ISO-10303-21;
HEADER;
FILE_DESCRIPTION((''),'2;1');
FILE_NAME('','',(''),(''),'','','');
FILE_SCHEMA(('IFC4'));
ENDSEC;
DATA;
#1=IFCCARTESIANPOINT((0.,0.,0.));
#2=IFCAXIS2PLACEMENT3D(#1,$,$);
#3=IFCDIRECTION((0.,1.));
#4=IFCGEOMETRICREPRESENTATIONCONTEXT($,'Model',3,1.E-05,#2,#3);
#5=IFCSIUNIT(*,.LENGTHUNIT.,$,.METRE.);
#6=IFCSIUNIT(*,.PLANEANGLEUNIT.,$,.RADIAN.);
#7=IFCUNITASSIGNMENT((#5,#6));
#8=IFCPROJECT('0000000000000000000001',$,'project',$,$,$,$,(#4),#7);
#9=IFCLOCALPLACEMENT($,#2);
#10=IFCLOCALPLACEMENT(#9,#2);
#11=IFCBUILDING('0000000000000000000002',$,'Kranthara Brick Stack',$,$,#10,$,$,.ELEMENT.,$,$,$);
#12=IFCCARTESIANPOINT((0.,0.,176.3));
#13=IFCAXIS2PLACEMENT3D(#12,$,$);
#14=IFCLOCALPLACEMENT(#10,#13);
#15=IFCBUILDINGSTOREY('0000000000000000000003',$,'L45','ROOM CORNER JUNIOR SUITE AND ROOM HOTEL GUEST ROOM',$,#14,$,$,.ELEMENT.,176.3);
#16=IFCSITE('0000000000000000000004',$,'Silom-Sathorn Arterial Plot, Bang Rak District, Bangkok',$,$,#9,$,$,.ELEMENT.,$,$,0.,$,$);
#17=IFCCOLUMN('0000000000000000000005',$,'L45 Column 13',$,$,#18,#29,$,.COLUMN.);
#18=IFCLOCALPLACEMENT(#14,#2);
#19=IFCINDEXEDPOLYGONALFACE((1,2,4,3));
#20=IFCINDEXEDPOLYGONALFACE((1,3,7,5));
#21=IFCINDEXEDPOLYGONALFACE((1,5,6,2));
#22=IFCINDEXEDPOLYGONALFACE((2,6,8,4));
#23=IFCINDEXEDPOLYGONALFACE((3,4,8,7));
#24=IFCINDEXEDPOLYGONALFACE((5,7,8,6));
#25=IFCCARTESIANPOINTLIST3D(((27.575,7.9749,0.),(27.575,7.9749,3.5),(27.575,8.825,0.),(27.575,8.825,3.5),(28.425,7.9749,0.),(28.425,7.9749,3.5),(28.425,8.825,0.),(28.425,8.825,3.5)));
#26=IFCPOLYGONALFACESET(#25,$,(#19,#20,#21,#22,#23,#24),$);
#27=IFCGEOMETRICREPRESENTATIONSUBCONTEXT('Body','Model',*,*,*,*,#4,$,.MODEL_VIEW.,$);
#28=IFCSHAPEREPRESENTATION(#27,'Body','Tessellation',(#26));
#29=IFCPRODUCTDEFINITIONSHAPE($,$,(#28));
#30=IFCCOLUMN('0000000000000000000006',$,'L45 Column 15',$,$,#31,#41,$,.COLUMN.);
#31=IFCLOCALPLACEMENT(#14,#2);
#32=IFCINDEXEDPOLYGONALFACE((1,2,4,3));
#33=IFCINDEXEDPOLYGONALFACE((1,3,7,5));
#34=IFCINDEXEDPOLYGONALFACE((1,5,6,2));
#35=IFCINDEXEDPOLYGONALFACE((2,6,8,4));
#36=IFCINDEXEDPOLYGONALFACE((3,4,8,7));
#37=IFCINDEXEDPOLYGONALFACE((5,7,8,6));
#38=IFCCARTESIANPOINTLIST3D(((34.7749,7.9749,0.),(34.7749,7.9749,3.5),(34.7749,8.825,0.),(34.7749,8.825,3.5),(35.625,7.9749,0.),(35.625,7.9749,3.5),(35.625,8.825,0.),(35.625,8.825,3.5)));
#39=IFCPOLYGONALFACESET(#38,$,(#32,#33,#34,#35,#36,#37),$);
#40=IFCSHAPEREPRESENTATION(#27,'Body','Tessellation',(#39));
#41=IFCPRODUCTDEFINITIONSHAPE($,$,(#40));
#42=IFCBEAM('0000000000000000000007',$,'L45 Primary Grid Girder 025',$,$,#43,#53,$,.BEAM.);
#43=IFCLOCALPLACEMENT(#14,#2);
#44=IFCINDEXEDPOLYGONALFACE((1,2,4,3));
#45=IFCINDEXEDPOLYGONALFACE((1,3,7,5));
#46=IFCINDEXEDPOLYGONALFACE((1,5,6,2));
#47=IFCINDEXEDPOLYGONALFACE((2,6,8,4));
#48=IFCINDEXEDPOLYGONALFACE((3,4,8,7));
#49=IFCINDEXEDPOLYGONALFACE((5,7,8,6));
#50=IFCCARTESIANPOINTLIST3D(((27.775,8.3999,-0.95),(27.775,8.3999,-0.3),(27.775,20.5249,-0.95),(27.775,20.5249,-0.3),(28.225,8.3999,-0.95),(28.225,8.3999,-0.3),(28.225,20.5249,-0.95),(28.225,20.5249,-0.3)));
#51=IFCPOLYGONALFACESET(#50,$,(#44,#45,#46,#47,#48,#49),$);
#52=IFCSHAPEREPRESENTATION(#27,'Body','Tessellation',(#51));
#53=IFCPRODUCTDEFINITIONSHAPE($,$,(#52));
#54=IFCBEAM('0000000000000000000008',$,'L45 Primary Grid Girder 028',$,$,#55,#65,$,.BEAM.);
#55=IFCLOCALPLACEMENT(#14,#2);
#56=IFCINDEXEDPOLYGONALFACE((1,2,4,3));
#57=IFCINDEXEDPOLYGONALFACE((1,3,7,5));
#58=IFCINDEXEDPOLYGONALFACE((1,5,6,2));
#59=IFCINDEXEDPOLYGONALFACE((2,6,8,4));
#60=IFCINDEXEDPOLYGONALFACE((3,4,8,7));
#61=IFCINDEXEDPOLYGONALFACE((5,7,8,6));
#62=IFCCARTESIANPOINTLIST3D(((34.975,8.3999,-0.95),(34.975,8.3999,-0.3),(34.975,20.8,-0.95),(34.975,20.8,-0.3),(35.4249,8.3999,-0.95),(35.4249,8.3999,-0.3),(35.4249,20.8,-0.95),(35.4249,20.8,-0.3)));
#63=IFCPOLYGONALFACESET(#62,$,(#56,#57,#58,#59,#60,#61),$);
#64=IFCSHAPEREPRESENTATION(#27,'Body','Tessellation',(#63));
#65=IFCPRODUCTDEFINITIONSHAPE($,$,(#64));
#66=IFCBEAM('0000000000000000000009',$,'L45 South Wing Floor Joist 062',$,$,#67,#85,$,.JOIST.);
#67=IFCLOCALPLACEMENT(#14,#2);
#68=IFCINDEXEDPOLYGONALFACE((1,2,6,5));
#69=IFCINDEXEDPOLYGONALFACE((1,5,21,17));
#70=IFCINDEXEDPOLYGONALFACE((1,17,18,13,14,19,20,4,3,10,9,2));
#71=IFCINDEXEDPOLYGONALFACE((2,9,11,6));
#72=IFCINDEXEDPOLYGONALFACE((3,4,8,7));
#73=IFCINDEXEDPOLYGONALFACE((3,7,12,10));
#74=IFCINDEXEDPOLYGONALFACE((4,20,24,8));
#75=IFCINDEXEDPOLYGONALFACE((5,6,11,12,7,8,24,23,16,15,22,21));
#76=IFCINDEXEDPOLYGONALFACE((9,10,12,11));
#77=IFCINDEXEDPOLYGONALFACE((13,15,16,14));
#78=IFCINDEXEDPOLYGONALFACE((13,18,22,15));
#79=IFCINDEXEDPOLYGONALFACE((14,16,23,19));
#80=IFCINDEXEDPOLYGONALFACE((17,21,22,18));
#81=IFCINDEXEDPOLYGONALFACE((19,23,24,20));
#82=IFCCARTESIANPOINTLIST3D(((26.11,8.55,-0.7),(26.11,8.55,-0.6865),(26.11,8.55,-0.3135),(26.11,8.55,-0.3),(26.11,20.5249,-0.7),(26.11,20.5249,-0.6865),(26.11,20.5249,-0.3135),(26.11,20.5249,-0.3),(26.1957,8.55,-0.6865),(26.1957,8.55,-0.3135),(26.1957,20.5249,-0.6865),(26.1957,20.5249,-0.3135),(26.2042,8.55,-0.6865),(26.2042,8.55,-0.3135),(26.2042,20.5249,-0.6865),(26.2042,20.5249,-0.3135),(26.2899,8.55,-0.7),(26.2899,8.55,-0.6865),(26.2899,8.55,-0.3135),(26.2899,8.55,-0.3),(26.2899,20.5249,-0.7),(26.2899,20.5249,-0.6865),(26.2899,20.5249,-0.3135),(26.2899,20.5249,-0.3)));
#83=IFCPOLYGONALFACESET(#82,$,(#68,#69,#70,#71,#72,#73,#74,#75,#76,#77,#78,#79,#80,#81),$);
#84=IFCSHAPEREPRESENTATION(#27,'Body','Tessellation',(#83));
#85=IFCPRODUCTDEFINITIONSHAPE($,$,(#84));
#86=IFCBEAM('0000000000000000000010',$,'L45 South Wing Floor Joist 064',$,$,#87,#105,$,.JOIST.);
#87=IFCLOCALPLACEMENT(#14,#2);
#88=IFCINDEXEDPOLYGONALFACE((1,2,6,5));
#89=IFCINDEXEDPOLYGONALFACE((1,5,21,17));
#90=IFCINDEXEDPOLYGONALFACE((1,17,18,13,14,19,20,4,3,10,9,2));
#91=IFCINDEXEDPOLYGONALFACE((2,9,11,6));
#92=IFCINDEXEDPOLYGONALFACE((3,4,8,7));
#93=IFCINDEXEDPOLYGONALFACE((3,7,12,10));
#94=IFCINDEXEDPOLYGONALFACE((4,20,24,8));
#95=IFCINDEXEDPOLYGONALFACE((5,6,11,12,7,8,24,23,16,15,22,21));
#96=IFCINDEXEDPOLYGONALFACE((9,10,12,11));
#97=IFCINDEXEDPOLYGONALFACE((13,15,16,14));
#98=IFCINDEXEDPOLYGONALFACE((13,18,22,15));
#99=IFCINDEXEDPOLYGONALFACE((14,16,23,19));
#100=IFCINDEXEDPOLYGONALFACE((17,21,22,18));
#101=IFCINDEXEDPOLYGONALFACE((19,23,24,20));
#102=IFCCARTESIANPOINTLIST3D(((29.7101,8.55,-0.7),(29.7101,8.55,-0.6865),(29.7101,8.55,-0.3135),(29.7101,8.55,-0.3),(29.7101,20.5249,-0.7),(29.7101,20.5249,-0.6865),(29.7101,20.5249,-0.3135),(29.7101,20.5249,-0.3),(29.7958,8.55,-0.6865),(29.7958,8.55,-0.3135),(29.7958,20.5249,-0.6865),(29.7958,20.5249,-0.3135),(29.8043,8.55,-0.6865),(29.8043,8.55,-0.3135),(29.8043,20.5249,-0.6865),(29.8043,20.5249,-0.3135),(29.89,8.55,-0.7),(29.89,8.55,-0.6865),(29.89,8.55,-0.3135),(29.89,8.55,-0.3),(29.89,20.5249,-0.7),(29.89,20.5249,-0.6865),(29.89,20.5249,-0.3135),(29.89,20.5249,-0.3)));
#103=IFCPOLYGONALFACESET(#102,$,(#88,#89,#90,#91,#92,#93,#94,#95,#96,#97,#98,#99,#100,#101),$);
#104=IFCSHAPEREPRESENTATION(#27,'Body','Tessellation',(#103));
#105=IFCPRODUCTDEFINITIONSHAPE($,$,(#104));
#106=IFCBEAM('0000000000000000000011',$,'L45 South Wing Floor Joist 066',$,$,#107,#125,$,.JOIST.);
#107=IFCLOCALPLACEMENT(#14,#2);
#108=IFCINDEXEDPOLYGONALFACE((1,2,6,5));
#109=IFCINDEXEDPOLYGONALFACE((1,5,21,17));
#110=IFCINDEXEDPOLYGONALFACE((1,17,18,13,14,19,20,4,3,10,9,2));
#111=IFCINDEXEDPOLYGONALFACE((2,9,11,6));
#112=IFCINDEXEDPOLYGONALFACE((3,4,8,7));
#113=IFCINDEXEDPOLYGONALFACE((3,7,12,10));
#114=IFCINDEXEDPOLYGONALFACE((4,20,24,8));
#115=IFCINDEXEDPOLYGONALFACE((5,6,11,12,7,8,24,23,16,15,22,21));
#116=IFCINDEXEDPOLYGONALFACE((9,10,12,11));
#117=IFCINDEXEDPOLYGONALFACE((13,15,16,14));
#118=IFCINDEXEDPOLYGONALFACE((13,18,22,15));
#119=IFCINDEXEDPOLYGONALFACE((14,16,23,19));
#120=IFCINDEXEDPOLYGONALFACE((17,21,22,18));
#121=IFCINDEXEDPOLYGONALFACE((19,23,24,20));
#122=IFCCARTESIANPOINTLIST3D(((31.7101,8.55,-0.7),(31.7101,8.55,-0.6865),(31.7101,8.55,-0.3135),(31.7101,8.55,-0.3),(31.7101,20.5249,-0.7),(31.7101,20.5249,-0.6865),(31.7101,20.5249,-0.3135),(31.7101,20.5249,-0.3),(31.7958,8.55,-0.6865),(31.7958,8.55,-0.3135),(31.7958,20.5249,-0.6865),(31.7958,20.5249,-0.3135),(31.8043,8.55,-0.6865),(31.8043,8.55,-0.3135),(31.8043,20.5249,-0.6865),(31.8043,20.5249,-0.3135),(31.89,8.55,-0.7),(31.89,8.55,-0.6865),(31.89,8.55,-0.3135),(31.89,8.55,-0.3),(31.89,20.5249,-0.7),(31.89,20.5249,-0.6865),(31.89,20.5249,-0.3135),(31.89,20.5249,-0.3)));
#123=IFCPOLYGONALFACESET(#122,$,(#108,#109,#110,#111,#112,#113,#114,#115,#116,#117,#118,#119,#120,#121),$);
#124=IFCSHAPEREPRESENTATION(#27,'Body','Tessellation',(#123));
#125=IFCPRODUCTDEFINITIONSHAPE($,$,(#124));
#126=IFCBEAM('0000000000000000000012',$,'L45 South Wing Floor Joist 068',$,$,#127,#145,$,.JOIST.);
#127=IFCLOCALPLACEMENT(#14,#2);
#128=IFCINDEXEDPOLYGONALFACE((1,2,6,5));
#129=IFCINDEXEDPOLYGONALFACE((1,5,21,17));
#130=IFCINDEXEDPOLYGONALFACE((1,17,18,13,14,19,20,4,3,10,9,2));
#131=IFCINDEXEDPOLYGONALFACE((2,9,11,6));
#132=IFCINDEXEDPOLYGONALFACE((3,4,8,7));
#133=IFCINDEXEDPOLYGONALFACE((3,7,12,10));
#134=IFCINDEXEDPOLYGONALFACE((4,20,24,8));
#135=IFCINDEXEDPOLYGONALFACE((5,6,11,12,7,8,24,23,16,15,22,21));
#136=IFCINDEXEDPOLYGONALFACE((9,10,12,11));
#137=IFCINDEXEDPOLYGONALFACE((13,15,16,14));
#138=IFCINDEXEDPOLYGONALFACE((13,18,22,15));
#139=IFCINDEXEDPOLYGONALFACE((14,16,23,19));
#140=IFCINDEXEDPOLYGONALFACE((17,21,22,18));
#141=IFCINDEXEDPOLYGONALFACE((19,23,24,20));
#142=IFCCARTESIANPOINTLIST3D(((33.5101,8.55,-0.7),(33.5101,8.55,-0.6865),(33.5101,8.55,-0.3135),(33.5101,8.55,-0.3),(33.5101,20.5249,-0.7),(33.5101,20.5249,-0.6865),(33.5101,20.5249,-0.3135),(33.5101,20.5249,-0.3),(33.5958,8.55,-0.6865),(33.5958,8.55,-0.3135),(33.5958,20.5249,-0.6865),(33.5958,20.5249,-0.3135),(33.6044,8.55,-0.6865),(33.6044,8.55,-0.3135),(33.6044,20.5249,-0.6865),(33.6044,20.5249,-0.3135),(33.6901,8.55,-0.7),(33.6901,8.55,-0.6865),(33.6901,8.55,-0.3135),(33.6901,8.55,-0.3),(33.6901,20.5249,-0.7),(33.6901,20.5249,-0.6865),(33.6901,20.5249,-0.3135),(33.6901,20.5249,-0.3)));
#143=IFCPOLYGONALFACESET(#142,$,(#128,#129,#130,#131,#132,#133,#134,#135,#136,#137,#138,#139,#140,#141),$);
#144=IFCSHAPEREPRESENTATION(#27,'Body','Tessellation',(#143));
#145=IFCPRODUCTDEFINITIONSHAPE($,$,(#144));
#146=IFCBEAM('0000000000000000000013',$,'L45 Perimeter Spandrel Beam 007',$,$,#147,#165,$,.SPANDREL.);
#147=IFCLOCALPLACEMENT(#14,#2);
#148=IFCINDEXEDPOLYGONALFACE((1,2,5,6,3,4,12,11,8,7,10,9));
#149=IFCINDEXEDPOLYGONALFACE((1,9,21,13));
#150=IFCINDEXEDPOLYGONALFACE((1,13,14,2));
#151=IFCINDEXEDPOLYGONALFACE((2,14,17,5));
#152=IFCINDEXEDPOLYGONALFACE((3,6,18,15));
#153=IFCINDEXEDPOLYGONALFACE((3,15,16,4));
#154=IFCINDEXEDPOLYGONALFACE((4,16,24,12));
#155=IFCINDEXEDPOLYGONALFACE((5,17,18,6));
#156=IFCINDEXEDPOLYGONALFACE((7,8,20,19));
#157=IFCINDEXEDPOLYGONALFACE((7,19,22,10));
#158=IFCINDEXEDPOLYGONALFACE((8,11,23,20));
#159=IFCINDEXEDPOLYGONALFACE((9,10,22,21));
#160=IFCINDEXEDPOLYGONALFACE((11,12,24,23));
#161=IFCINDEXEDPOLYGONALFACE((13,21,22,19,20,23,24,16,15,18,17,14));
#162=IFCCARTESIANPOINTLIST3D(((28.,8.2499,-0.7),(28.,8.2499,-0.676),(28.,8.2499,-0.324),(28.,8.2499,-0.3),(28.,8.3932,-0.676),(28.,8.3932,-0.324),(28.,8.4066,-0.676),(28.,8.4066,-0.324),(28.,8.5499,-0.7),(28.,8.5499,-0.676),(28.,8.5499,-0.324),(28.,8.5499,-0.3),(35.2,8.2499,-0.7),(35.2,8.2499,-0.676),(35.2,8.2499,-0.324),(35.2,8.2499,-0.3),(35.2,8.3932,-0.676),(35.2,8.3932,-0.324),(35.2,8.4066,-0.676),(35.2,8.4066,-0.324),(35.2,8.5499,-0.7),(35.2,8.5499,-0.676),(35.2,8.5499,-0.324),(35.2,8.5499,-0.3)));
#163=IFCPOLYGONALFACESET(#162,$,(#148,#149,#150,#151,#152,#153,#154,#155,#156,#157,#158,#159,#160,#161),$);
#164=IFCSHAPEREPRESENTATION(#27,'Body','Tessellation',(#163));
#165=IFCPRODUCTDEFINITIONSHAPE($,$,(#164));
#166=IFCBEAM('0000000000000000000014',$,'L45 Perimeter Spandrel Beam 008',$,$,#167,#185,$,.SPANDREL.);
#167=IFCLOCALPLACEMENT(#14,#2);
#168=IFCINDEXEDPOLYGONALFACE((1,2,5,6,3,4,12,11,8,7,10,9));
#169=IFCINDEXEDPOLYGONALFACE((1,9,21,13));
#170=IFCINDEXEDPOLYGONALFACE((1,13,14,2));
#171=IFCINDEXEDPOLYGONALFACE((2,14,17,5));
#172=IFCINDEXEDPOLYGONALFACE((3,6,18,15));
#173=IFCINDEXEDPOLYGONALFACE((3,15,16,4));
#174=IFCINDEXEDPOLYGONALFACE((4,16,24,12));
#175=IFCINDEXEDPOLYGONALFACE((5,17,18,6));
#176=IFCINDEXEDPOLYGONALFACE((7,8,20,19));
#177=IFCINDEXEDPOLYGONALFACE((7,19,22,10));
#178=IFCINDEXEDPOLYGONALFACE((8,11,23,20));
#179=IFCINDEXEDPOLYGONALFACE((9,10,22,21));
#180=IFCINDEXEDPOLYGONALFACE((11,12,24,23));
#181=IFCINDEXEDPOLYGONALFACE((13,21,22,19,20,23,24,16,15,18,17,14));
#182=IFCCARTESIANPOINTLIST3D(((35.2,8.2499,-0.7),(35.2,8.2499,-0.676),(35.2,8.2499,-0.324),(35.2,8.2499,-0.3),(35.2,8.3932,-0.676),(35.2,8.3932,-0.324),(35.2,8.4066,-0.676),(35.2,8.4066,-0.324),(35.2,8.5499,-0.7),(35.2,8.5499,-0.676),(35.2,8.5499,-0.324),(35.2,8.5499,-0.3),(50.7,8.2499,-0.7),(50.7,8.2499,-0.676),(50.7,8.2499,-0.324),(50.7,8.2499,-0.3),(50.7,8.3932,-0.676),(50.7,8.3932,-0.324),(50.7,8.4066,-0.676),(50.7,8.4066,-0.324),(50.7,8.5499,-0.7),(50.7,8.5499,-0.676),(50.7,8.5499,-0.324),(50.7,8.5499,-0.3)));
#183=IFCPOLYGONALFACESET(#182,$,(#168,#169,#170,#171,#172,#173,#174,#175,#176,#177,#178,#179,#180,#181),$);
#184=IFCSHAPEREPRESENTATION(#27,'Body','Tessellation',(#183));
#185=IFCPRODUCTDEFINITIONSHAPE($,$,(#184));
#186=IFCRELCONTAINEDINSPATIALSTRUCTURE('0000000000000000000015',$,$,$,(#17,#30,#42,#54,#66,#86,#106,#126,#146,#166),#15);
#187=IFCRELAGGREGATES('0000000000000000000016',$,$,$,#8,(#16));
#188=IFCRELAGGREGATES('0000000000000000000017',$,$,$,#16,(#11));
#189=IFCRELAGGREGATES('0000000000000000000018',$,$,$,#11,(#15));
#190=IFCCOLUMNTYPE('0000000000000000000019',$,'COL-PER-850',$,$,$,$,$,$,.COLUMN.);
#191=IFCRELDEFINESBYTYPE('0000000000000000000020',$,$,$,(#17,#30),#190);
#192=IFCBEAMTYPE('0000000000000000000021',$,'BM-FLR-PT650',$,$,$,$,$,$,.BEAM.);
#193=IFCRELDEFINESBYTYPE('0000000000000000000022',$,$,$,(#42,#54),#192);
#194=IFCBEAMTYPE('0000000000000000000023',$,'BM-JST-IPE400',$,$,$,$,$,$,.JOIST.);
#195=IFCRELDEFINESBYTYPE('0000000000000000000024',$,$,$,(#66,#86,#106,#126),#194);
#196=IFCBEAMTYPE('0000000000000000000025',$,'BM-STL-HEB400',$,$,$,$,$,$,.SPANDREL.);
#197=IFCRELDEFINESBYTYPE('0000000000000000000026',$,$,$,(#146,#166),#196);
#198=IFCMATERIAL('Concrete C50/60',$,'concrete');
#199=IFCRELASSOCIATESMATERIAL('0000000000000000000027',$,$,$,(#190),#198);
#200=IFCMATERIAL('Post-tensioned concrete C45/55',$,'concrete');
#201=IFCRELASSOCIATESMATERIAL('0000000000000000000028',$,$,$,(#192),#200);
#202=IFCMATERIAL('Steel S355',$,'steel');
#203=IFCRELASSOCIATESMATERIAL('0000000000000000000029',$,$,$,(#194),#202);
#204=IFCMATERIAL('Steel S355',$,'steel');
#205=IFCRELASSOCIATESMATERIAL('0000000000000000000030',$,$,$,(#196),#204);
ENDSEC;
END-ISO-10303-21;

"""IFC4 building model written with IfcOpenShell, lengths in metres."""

from ifc_helpers import new_model, si_unit, direction, frame, origin, origin_2d, place, context, subcontext, project, spatial, rectangle, i_section, extrude, material, material_profile, profile_set, type_object, element, save


model = new_model("IFC4")

# Units and contexts
model_context = context("Model", 3, precision=1e-05, world=origin(), true_north=direction((0.0, 1.0)))
body_context = subcontext(model_context, "Body", "Model", "MODEL_VIEW")
ifc_project = project(units=[si_unit("LENGTHUNIT", "METRE"), si_unit("PLANEANGLEUNIT", "RADIAN")], contexts=[model_context])

# Site, building, storey
site_placement = place(None, origin())
site = spatial("IfcSite", under=ifc_project, at=site_placement, Name="Silom-Sathorn Arterial Plot, Bang Rak District, Bangkok", CompositionType="ELEMENT", RefElevation=0.0)
building_placement = place(site_placement, origin())
building = spatial("IfcBuilding", under=site, at=building_placement, Name="Kranthara Brick Stack", CompositionType="ELEMENT")
storey_placement = place(building_placement, frame((0.0, 0.0, 176.3)))
storey = spatial("IfcBuildingStorey", under=building, at=storey_placement, Name="L45", Description="ROOM CORNER JUNIOR SUITE AND ROOM HOTEL GUEST ROOM", CompositionType="ELEMENT", Elevation=176.3)

# Columns
ifc_material_1 = material(Name="Concrete C50/60", Category="concrete")
ifc_material_profile_1 = material_profile(ifc_material_1, rectangle(XDim=0.8501, YDim=0.8501, at=origin_2d()), Name="RC 850x850")
ifc_profile_set_1 = profile_set([ifc_material_profile_1], Name="Concrete C50/60")
column_type = type_object("IfcColumnType", Name="COL-PER-850", PredefinedType="COLUMN", material=ifc_profile_set_1)
for number, where, z_axis, x_axis, name in (
    (1, (28.0, 8.3999, 0.0), (0.0, 0.0, 1.0), (1.0, 0.0, 0.0), "L45 Column 13"),
    (2, (35.2, 8.3999, 0.0), (0.0, 0.0, 1.0), (1.0, 0.0, 0.0), "L45 Column 15"),
):
    element("IfcColumn", number, at=place(storey_placement, frame(where, z_axis=z_axis, x_axis=x_axis)), inside=storey, type_object=column_type, Name=name, PredefinedType="COLUMN", context=body_context, shape_type="SweptSolid", body=[
        extrude(rectangle(XDim=0.8501, YDim=0.8501, at=origin_2d()), origin(), (0.0, 0.0, 1.0), 3.5),
    ])

# Beams
ifc_material_2 = material(Name="Post-tensioned concrete C45/55", Category="concrete")
ifc_material_profile_2 = material_profile(ifc_material_2, rectangle(XDim=0.45, YDim=0.6499, at=origin_2d()), Name="PT 450x650")
ifc_profile_set_2 = profile_set([ifc_material_profile_2], Name="Post-tensioned concrete C45/55")
beam_type_1 = type_object("IfcBeamType", Name="BM-FLR-PT650", PredefinedType="BEAM", material=ifc_profile_set_2)
beam_1_placement = place(storey_placement, frame((28.0, 8.3999, -0.625), z_axis=(0.0, 1.0, 0.0), x_axis=(-1.0, 0.0, 0.0)))
element("IfcBeam", 3, at=beam_1_placement, inside=storey, type_object=beam_type_1, Name="L45 Primary Grid Girder 025", PredefinedType="BEAM", context=body_context, shape_type="SweptSolid", body=[
    extrude(rectangle(XDim=0.45, YDim=0.6499, at=origin_2d()), origin(), (0.0, 0.0, 1.0), 12.125),
])
beam_2_placement = place(storey_placement, frame((35.2, 8.3999, -0.625), z_axis=(0.0, 1.0, 0.0), x_axis=(-1.0, 0.0, 0.0)))
element("IfcBeam", 4, at=beam_2_placement, inside=storey, type_object=beam_type_1, Name="L45 Primary Grid Girder 028", PredefinedType="BEAM", context=body_context, shape_type="SweptSolid", body=[
    extrude(rectangle(XDim=0.45, YDim=0.6499, at=origin_2d()), origin(), (0.0, 0.0, 1.0), 12.4001),
])
ifc_material_3 = material(Name="Steel S355", Category="steel")
ifc_material_profile_3 = material_profile(ifc_material_3, i_section(OverallWidth=0.1799, OverallDepth=0.3999, WebThickness=0.0085, FlangeThickness=0.0134, at=origin_2d()), Name="IPE 400")
ifc_profile_set_3 = profile_set([ifc_material_profile_3], Name="Steel S355")
beam_type_2 = type_object("IfcBeamType", Name="BM-JST-IPE400", PredefinedType="JOIST", material=ifc_profile_set_3)
for number, where, z_axis, x_axis, name in (
    (5, (26.2, 8.55, -0.5), (0.0, 1.0, 0.0), (-1.0, 0.0, 0.0), "L45 South Wing Floor Joist 062"),
    (6, (29.8, 8.55, -0.5), (0.0, 1.0, 0.0), (-1.0, 0.0, 0.0), "L45 South Wing Floor Joist 064"),
    (7, (31.8, 8.55, -0.5), (0.0, 1.0, 0.0), (-1.0, 0.0, 0.0), "L45 South Wing Floor Joist 066"),
    (8, (33.6001, 8.55, -0.5), (0.0, 1.0, 0.0), (-1.0, 0.0, 0.0), "L45 South Wing Floor Joist 068"),
):
    element("IfcBeam", number, at=place(storey_placement, frame(where, z_axis=z_axis, x_axis=x_axis)), inside=storey, type_object=beam_type_2, Name=name, PredefinedType="JOIST", context=body_context, shape_type="SweptSolid", body=[
        extrude(i_section(OverallWidth=0.1799, OverallDepth=0.3999, WebThickness=0.0085, FlangeThickness=0.0134, at=origin_2d()), origin(), (0.0, 0.0, 1.0), 11.9749),
    ])
ifc_material_4 = material(Name="Steel S355", Category="steel")
ifc_material_profile_4 = material_profile(ifc_material_4, i_section(OverallWidth=0.3, OverallDepth=0.3999, WebThickness=0.0134, FlangeThickness=0.0239, at=origin_2d()), Name="HEB 400")
ifc_profile_set_4 = profile_set([ifc_material_profile_4], Name="Steel S355")
beam_type_3 = type_object("IfcBeamType", Name="BM-STL-HEB400", PredefinedType="SPANDREL", material=ifc_profile_set_4)
beam_3_placement = place(storey_placement, frame((28.0, 8.3999, -0.5), z_axis=(1.0, 0.0, 0.0), x_axis=(0.0, 1.0, 0.0)))
element("IfcBeam", 9, at=beam_3_placement, inside=storey, type_object=beam_type_3, Name="L45 Perimeter Spandrel Beam 007", PredefinedType="SPANDREL", context=body_context, shape_type="SweptSolid", body=[
    extrude(i_section(OverallWidth=0.3, OverallDepth=0.3999, WebThickness=0.0134, FlangeThickness=0.0239, at=origin_2d()), origin(), (0.0, 0.0, 1.0), 7.2),
])
beam_4_placement = place(storey_placement, frame((35.2, 8.3999, -0.5), z_axis=(1.0, 0.0, 0.0), x_axis=(0.0, 1.0, 0.0)))
element("IfcBeam", 10, at=beam_4_placement, inside=storey, type_object=beam_type_3, Name="L45 Perimeter Spandrel Beam 008", PredefinedType="SPANDREL", context=body_context, shape_type="SweptSolid", body=[
    extrude(i_section(OverallWidth=0.3, OverallDepth=0.3999, WebThickness=0.0134, FlangeThickness=0.0239, at=origin_2d()), origin(), (0.0, 0.0, 1.0), 15.5),
])

save(model, "model.ifc")
